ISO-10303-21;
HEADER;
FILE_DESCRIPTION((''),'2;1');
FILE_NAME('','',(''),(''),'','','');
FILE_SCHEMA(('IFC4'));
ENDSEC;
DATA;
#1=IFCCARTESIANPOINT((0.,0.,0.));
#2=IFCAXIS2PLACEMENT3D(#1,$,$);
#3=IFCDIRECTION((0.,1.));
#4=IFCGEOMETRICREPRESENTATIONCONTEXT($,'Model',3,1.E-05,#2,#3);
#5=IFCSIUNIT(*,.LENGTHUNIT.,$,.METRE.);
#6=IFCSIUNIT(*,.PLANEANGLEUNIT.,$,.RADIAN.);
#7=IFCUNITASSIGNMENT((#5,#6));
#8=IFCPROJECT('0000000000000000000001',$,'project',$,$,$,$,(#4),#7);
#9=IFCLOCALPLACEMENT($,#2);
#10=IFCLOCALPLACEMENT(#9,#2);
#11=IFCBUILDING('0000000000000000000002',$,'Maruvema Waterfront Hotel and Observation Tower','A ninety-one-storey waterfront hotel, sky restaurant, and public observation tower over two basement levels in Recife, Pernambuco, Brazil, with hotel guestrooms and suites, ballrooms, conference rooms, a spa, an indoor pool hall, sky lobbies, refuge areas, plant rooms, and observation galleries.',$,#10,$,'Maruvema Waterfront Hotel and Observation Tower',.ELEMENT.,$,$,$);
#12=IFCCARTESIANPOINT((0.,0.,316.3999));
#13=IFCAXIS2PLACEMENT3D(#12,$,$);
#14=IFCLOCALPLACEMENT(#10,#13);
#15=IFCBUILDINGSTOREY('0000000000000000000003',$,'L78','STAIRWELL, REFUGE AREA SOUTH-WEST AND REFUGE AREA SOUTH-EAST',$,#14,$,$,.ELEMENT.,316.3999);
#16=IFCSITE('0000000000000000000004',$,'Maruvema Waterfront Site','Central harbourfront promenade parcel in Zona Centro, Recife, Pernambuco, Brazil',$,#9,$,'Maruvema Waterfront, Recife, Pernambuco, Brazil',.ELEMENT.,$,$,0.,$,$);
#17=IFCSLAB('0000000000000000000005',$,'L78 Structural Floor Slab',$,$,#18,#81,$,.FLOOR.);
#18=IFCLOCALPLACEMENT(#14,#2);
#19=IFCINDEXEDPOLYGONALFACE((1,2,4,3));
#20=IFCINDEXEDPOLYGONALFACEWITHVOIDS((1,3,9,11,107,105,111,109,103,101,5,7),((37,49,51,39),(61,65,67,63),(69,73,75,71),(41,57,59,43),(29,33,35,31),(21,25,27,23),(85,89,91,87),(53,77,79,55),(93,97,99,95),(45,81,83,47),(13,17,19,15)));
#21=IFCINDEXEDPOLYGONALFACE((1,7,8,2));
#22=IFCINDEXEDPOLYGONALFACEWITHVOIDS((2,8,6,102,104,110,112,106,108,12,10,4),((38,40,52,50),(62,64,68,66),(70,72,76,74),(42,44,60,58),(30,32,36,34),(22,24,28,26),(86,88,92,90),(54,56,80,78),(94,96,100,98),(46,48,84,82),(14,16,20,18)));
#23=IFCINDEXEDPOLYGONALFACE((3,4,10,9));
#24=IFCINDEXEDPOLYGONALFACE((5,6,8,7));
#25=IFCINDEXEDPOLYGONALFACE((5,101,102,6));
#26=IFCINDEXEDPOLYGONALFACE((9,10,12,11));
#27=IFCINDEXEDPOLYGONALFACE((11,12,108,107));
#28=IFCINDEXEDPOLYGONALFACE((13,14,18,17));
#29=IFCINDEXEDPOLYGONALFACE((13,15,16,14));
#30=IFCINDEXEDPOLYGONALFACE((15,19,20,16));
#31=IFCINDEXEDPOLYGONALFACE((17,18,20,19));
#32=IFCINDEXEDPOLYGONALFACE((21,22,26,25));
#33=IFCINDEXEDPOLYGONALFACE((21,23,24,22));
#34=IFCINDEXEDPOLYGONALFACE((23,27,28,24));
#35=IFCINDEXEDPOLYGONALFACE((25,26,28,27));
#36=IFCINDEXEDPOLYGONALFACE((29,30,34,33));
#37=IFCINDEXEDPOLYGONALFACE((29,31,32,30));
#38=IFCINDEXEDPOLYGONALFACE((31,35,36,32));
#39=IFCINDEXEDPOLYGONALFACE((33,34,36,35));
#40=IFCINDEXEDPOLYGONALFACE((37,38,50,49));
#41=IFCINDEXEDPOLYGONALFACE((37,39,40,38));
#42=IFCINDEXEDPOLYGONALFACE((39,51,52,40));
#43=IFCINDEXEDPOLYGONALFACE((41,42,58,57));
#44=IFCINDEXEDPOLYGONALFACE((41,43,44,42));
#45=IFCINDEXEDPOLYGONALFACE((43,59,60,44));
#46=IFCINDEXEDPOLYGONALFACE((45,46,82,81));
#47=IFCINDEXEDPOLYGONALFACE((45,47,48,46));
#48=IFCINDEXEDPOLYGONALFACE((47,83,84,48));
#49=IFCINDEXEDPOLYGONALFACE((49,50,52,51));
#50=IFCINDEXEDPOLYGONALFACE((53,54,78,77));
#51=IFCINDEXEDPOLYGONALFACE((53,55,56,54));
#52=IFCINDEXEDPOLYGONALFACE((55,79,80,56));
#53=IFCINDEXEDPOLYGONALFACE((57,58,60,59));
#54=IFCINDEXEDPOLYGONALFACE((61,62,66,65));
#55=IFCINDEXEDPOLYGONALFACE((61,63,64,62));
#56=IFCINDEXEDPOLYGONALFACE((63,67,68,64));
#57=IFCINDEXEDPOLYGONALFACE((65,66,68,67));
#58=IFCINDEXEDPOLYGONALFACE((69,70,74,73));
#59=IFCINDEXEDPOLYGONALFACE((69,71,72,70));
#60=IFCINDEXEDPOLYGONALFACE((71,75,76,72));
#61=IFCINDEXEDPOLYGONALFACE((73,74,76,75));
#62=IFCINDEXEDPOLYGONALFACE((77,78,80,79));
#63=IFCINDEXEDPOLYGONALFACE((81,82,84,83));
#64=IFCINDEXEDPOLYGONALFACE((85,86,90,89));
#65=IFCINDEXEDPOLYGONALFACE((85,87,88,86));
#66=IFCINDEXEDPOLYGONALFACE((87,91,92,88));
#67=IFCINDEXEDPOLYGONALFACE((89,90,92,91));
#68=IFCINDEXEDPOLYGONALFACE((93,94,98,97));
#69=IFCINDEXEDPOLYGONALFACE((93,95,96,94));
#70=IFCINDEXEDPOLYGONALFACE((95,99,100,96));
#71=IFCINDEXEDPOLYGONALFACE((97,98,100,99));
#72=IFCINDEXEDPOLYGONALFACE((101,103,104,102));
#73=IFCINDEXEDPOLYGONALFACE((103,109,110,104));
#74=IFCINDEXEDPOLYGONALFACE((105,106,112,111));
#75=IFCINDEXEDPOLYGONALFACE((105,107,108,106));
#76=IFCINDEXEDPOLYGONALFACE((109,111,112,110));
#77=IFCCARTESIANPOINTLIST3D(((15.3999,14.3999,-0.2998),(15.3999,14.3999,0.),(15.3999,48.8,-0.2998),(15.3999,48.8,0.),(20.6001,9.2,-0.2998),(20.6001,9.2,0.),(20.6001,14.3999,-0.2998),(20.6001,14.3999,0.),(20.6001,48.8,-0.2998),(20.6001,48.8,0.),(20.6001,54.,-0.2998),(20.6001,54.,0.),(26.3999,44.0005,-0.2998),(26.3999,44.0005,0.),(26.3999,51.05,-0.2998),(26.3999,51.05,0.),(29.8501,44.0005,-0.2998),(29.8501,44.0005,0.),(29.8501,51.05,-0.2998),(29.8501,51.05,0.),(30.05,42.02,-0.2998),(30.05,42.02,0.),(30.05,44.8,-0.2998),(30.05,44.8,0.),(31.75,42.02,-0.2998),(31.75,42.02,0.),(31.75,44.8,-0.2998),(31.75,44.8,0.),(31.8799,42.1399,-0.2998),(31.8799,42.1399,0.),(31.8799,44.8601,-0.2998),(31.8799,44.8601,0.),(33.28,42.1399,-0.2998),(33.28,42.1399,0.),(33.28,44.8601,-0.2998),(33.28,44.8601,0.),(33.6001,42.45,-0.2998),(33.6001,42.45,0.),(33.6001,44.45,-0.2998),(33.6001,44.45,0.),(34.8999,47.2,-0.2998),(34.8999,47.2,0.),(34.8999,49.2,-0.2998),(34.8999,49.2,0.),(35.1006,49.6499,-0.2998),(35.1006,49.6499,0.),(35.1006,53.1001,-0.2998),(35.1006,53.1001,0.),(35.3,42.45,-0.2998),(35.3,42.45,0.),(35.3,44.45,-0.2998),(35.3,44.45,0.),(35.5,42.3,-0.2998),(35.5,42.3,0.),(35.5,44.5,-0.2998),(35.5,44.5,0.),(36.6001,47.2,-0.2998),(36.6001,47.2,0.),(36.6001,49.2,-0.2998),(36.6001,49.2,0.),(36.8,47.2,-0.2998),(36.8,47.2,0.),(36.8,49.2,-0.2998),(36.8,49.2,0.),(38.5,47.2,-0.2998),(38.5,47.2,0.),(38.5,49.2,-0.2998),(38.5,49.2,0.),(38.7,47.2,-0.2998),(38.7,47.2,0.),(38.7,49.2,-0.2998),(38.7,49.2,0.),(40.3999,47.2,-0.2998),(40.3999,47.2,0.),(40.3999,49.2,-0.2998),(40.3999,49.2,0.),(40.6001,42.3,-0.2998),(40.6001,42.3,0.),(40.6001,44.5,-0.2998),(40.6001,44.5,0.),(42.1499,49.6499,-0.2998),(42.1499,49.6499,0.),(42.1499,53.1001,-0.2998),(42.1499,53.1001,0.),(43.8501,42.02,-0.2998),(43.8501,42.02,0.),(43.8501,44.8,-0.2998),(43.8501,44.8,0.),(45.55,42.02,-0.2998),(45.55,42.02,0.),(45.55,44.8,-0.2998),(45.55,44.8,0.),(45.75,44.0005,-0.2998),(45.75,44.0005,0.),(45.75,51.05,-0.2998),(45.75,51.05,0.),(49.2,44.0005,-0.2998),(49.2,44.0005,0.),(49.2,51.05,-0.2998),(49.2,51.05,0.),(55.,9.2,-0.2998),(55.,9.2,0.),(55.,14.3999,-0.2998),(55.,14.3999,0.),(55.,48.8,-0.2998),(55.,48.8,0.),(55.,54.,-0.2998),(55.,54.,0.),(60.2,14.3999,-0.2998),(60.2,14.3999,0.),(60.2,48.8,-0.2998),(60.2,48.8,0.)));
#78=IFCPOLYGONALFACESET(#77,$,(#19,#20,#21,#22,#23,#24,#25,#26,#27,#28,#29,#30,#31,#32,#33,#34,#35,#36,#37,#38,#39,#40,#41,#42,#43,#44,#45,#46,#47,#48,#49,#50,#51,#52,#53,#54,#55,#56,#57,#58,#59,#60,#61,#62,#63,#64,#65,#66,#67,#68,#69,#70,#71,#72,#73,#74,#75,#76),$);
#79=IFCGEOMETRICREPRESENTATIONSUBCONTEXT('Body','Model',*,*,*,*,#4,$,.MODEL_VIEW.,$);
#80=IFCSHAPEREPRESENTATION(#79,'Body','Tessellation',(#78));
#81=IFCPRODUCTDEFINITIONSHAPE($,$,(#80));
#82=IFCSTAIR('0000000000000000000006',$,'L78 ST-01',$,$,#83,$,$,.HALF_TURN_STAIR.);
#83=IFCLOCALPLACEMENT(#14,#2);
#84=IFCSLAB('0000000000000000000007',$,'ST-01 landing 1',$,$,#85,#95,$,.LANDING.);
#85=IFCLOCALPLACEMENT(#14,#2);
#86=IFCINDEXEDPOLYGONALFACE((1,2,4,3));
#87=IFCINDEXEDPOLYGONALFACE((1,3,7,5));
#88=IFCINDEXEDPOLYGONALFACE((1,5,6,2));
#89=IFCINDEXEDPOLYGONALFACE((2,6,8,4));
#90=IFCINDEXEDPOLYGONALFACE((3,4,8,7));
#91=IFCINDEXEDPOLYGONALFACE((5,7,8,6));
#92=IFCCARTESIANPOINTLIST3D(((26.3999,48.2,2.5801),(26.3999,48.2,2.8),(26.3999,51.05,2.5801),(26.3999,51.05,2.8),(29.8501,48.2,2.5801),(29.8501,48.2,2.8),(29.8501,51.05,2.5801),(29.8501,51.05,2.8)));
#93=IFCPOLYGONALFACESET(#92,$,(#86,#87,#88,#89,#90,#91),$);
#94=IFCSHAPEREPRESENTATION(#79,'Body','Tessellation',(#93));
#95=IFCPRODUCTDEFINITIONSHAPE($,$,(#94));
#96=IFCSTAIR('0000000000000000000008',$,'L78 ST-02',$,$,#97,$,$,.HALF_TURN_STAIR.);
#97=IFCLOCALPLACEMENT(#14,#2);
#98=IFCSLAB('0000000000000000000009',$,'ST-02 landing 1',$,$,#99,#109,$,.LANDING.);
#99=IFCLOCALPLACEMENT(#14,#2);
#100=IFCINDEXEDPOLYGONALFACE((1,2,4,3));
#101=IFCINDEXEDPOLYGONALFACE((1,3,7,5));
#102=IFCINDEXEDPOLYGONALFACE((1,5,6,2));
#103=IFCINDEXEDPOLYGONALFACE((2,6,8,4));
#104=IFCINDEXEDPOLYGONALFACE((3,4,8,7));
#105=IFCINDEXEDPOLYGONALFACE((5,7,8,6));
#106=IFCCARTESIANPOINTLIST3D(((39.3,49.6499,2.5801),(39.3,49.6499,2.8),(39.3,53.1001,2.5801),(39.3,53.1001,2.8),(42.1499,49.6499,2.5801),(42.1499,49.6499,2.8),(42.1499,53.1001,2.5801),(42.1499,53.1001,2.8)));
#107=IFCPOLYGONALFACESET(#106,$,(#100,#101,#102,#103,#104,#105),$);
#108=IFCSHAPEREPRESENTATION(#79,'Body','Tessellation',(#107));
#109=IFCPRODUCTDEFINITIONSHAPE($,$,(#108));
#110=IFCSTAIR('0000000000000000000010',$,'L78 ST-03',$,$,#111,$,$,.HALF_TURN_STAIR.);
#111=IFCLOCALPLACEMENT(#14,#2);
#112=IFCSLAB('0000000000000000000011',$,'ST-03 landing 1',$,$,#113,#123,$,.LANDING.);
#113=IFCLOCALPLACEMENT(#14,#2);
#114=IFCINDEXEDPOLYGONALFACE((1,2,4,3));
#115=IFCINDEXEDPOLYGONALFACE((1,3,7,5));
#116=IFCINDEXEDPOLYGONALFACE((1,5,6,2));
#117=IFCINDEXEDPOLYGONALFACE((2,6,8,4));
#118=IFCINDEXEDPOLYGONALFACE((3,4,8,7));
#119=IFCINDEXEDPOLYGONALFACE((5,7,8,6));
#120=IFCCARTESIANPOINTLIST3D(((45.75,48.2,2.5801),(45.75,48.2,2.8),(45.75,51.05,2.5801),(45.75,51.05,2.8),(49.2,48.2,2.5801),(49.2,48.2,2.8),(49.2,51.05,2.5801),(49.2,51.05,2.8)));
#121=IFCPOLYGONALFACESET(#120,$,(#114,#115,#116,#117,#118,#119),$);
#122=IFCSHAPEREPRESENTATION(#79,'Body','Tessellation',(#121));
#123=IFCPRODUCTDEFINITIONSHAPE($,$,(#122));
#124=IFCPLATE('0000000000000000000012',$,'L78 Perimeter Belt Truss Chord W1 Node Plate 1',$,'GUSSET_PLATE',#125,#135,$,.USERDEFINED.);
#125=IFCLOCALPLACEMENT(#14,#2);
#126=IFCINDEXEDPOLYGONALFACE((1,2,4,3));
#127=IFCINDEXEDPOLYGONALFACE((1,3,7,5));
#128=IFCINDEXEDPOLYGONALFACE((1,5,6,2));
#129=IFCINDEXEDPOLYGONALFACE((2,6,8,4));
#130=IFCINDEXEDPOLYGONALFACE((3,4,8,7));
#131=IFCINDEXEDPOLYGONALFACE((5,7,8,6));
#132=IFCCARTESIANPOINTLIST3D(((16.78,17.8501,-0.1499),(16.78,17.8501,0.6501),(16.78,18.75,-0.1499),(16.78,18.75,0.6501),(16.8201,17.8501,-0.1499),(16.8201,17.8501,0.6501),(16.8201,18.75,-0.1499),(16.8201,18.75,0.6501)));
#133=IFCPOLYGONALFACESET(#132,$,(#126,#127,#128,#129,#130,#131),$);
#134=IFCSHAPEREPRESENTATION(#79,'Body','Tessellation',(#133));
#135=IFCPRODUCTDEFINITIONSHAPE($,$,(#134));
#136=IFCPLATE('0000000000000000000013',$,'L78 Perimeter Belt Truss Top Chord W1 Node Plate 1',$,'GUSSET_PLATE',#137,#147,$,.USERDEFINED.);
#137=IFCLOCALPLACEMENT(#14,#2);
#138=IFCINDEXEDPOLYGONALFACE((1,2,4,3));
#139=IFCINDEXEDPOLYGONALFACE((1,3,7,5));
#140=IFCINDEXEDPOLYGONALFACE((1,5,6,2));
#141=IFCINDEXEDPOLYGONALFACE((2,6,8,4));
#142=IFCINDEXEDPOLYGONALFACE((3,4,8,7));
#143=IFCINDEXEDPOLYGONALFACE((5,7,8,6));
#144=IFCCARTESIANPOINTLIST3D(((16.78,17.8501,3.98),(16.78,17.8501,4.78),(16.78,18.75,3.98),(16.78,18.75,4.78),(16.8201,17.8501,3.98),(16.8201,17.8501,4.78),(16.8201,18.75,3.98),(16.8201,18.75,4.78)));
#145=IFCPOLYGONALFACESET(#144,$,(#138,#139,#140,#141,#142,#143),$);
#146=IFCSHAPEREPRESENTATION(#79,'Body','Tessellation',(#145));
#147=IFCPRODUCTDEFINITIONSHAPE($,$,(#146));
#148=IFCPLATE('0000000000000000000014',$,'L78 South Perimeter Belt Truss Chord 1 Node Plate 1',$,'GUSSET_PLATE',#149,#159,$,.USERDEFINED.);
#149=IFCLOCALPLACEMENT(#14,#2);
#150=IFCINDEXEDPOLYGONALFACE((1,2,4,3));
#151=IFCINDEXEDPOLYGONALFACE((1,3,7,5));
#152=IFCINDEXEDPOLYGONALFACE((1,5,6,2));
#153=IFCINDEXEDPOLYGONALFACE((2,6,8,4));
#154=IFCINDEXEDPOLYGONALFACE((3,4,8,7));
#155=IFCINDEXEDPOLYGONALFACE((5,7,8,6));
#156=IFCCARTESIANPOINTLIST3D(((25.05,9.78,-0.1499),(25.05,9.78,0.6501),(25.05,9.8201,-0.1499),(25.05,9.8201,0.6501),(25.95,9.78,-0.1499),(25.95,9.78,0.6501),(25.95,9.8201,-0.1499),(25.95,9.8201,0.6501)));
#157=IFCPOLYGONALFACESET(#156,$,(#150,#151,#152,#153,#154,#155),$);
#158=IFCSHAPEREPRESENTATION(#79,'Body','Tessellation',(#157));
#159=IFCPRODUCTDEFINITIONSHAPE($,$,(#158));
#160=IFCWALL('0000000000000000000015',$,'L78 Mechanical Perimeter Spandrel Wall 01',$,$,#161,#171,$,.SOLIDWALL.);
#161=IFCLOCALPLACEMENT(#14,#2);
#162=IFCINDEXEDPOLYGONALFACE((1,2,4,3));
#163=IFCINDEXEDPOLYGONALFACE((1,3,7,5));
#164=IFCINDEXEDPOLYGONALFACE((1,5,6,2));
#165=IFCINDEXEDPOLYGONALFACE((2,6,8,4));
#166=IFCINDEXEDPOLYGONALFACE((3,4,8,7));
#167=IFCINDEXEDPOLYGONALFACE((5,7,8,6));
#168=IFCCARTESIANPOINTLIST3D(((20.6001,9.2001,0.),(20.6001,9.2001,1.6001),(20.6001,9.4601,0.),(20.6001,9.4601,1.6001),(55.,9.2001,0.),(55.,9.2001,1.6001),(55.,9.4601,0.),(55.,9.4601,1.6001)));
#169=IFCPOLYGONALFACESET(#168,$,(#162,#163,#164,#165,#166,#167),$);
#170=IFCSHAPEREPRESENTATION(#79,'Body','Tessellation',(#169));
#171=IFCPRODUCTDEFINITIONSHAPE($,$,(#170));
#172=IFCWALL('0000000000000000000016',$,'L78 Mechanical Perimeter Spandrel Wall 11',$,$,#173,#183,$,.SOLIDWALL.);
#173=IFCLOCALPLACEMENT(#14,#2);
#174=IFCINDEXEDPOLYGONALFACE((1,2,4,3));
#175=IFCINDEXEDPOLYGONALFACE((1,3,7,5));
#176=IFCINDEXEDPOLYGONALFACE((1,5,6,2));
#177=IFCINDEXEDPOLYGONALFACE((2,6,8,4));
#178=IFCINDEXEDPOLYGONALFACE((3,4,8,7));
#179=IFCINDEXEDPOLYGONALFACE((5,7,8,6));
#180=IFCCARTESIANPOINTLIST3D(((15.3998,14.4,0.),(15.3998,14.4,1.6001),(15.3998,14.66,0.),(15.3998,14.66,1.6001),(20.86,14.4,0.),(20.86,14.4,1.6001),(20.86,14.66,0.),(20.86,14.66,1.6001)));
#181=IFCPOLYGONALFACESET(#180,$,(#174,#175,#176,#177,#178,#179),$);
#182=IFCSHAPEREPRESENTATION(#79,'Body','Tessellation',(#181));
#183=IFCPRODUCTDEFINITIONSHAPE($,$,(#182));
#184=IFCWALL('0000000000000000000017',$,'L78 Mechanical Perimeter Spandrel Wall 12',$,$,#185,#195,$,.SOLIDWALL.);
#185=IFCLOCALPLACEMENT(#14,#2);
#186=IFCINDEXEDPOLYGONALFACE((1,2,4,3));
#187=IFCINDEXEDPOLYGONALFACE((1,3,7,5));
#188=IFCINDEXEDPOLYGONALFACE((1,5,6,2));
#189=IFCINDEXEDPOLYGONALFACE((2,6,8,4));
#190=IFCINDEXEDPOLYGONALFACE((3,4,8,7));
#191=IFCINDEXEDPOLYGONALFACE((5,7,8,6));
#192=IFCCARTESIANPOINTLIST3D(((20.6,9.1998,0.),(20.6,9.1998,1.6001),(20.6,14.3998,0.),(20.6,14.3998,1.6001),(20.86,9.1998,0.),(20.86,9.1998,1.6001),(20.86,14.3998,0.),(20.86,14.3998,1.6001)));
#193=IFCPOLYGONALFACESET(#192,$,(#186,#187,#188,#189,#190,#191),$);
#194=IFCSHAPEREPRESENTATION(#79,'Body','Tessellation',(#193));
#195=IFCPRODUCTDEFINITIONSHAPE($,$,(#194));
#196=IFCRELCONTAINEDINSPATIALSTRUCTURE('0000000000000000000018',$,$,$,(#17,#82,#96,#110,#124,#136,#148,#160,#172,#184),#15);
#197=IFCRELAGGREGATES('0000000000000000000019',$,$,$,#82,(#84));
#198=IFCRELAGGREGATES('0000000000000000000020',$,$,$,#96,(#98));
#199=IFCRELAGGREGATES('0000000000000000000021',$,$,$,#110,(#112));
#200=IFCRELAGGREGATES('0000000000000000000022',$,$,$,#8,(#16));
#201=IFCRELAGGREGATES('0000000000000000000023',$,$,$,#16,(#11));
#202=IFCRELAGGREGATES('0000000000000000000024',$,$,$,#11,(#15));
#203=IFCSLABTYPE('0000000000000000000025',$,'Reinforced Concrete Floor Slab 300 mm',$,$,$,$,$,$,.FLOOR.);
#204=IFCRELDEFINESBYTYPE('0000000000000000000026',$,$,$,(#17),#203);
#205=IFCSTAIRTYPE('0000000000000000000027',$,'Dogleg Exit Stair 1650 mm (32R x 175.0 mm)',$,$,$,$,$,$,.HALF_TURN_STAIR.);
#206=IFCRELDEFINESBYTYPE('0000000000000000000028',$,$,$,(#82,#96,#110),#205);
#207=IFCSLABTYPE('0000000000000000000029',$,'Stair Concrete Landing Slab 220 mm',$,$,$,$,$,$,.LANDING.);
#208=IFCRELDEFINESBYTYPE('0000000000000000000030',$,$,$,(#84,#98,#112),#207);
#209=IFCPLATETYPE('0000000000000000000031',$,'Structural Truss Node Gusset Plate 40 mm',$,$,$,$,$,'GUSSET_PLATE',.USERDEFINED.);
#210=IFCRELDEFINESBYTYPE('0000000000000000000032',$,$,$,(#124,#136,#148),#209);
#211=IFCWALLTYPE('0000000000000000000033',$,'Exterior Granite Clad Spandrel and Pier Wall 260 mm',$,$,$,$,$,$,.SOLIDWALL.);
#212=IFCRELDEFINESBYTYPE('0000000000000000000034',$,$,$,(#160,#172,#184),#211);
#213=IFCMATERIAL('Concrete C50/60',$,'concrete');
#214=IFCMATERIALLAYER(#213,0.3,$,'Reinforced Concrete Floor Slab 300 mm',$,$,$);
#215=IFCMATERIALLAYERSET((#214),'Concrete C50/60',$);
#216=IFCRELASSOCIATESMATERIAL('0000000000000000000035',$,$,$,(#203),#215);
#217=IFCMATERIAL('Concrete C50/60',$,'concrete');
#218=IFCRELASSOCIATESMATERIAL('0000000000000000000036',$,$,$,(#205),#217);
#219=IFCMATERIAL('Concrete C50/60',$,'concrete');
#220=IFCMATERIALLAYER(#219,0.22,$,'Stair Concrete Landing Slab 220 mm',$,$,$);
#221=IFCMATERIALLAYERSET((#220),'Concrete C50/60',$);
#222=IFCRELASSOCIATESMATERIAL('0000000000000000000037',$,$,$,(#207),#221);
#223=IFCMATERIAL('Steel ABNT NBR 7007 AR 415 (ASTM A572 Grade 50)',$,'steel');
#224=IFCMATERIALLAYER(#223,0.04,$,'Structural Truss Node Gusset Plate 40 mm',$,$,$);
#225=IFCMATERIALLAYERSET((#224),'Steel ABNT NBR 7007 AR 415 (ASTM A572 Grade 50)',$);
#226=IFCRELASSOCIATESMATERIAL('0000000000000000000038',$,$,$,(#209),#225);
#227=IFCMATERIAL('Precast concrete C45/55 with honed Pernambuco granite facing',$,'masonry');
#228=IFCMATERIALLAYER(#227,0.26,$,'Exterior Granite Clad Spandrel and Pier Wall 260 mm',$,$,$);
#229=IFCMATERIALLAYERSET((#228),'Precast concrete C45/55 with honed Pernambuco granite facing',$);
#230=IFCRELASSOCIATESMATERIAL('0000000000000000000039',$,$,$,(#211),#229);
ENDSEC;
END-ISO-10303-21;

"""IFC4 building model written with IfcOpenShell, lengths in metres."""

from ifc_helpers import new_model, si_unit, direction, frame, frame_2d, origin, origin_2d, place, context, subcontext, project, spatial, polyline, rectangle, outline, extrude, material, layer, layer_set, type_object, element, aggregate, save


model = new_model("IFC4")

# Units and contexts
model_context = context("Model", 3, precision=1e-05, world=origin(), true_north=direction((0.0, 1.0)))
body_context = subcontext(model_context, "Body", "Model", "MODEL_VIEW")
ifc_project = project(units=[si_unit("LENGTHUNIT", "METRE"), si_unit("PLANEANGLEUNIT", "RADIAN")], contexts=[model_context])

# Site, building, storey
site_placement = place(None, origin())
site = spatial("IfcSite", under=ifc_project, at=site_placement, Name="Maruvema Waterfront Site", Description="Central harbourfront promenade parcel in Zona Centro, Recife, Pernambuco, Brazil", LongName="Maruvema Waterfront, Recife, Pernambuco, Brazil", CompositionType="ELEMENT", RefElevation=0.0)
building_placement = place(site_placement, origin())
building = spatial("IfcBuilding", under=site, at=building_placement, Name="Maruvema Waterfront Hotel and Observation Tower", Description="A ninety-one-storey waterfront hotel, sky restaurant, and public observation tower over two basement levels in Recife, Pernambuco, Brazil, with hotel guestrooms and suites, ballrooms, conference rooms, a spa, an indoor pool hall, sky lobbies, refuge areas, plant rooms, and observation galleries.", LongName="Maruvema Waterfront Hotel and Observation Tower", CompositionType="ELEMENT")
storey_placement = place(building_placement, frame((0.0, 0.0, 316.3999)))
storey = spatial("IfcBuildingStorey", under=building, at=storey_placement, Name="L78", Description="STAIRWELL, REFUGE AREA SOUTH-WEST AND REFUGE AREA SOUTH-EAST", CompositionType="ELEMENT", Elevation=316.3999)

# Slab
ifc_material_1 = material(Name="Concrete C50/60", Category="concrete")
ifc_layer_1 = layer(ifc_material_1, 0.3, Name="Reinforced Concrete Floor Slab 300 mm")
ifc_layer_set_1 = layer_set([ifc_layer_1], Name="Concrete C50/60")
slab_type_1 = type_object("IfcSlabType", Name="Reinforced Concrete Floor Slab 300 mm", PredefinedType="FLOOR", material=ifc_layer_set_1)
slab_1_placement = place(storey_placement, frame((0.0, 0.0, -0.2998)))
element("IfcSlab", 1, at=slab_1_placement, inside=storey, type_object=slab_type_1, Name="L78 Structural Floor Slab", PredefinedType="FLOOR", context=body_context, shape_type="SweptSolid", body=[
    extrude(outline(polyline([(20.6001, 9.2), (55.0, 9.2), (55.0, 14.3999), (60.2, 14.3999), (60.2, 48.8), (55.0, 48.8), (55.0, 54.0), (20.6001, 54.0), (20.6001, 48.8), (15.3999, 48.8), (15.3999, 14.3999), (20.6001, 14.3999), (20.6001, 9.2)]), holes=[polyline([(26.3999, 44.0005), (26.3999, 51.05), (29.8501, 51.05), (29.8501, 44.0005), (26.3999, 44.0005)]), polyline([(30.05, 44.8), (31.75, 44.8), (31.75, 42.02), (30.05, 42.02), (30.05, 44.8)]), polyline([(31.8799, 42.1399), (31.8799, 44.8601), (33.28, 44.8601), (33.28, 42.1399), (31.8799, 42.1399)]), polyline([(33.6001, 44.45), (35.3, 44.45), (35.3, 42.45), (33.6001, 42.45), (33.6001, 44.45)]), polyline([(34.8999, 49.2), (36.6001, 49.2), (36.6001, 47.2), (34.8999, 47.2), (34.8999, 49.2)]), polyline([(36.8, 47.2), (36.8, 49.2), (38.5, 49.2), (38.5, 47.2), (36.8, 47.2)]), polyline([(35.5, 42.3), (35.5, 44.5), (40.6001, 44.5), (40.6001, 42.3), (35.5, 42.3)]), polyline([(35.1006, 53.1001), (42.1499, 53.1001), (42.1499, 49.6499), (35.1006, 49.6499), (35.1006, 53.1001)]), polyline([(38.7, 49.2), (40.3999, 49.2), (40.3999, 47.2), (38.7, 47.2), (38.7, 49.2)]), polyline([(43.8501, 44.8), (45.55, 44.8), (45.55, 42.02), (43.8501, 42.02), (43.8501, 44.8)]), polyline([(45.75, 44.0005), (45.75, 51.05), (49.2, 51.05), (49.2, 44.0005), (45.75, 44.0005)])]), origin(), (0.0, 0.0, 1.0), 0.2998),
])

# Stairs, slabs
ifc_material_2 = material(Name="Concrete C50/60", Category="concrete")
stair_type = type_object("IfcStairType", Name="Dogleg Exit Stair 1650 mm (32R x 175.0 mm)", PredefinedType="HALF_TURN_STAIR", material=ifc_material_2)
stair_1_placement = place(storey_placement, origin())
stair_1 = element("IfcStair", 2, at=stair_1_placement, inside=storey, type_object=stair_type, Name="L78 ST-01", PredefinedType="HALF_TURN_STAIR")
ifc_material_3 = material(Name="Concrete C50/60", Category="concrete")
ifc_layer_2 = layer(ifc_material_3, 0.22, Name="Stair Concrete Landing Slab 220 mm")
ifc_layer_set_2 = layer_set([ifc_layer_2], Name="Concrete C50/60")
slab_type_2 = type_object("IfcSlabType", Name="Stair Concrete Landing Slab 220 mm", PredefinedType="LANDING", material=ifc_layer_set_2)
slab_2_placement = place(storey_placement, frame((0.0, 0.0, 2.5801)))
slab_2 = element("IfcSlab", 3, at=slab_2_placement, type_object=slab_type_2, Name="ST-01 landing 1", PredefinedType="LANDING", context=body_context, shape_type="SweptSolid", body=[
    extrude(outline(polyline([(29.8501, 48.2), (29.8501, 51.05), (26.3999, 51.05), (26.3999, 48.2), (29.8501, 48.2)])), origin(), (0.0, 0.0, 1.0), 0.22),
])
aggregate(stair_1, [slab_2])
stair_2_placement = place(storey_placement, origin())
stair_2 = element("IfcStair", 4, at=stair_2_placement, inside=storey, type_object=stair_type, Name="L78 ST-02", PredefinedType="HALF_TURN_STAIR")
slab_3_placement = place(storey_placement, frame((0.0, 0.0, 2.5801)))
slab_3 = element("IfcSlab", 5, at=slab_3_placement, type_object=slab_type_2, Name="ST-02 landing 1", PredefinedType="LANDING", context=body_context, shape_type="SweptSolid", body=[
    extrude(outline(polyline([(39.3, 49.6499), (42.1499, 49.6499), (42.1499, 53.1001), (39.3, 53.1001), (39.3, 49.6499)])), origin(), (0.0, 0.0, 1.0), 0.22),
])
aggregate(stair_2, [slab_3])
stair_3_placement = place(storey_placement, origin())
stair_3 = element("IfcStair", 6, at=stair_3_placement, inside=storey, type_object=stair_type, Name="L78 ST-03", PredefinedType="HALF_TURN_STAIR")
slab_4_placement = place(storey_placement, frame((0.0, 0.0, 2.5801)))
slab_4 = element("IfcSlab", 7, at=slab_4_placement, type_object=slab_type_2, Name="ST-03 landing 1", PredefinedType="LANDING", context=body_context, shape_type="SweptSolid", body=[
    extrude(outline(polyline([(49.2, 48.2), (49.2, 51.05), (45.75, 51.05), (45.75, 48.2), (49.2, 48.2)])), origin(), (0.0, 0.0, 1.0), 0.22),
])
aggregate(stair_3, [slab_4])

# Plates
ifc_material_4 = material(Name="Steel ABNT NBR 7007 AR 415 (ASTM A572 Grade 50)", Category="steel")
ifc_layer_3 = layer(ifc_material_4, 0.04, Name="Structural Truss Node Gusset Plate 40 mm")
ifc_layer_set_3 = layer_set([ifc_layer_3], Name="Steel ABNT NBR 7007 AR 415 (ASTM A572 Grade 50)")
plate_type = type_object("IfcPlateType", Name="Structural Truss Node Gusset Plate 40 mm", ElementType="GUSSET_PLATE", PredefinedType="USERDEFINED", material=ifc_layer_set_3)
for number, where, z_axis, x_axis, name in (
    (8, (16.8, 18.3, -0.1499), (0.0, 0.0, 1.0), (0.0, 1.0, 0.0), "L78 Perimeter Belt Truss Chord W1 Node Plate 1"),
    (9, (16.8, 18.3, 3.98), (0.0, 0.0, 1.0), (0.0, 1.0, 0.0), "L78 Perimeter Belt Truss Top Chord W1 Node Plate 1"),
    (10, (25.5, 9.8, -0.1499), (0.0, 0.0, 1.0), (1.0, 0.0, 0.0), "L78 South Perimeter Belt Truss Chord 1 Node Plate 1"),
):
    element("IfcPlate", number, at=place(storey_placement, frame(where, z_axis=z_axis, x_axis=x_axis)), inside=storey, type_object=plate_type, Name=name, ObjectType="GUSSET_PLATE", PredefinedType="USERDEFINED", context=body_context, shape_type="SweptSolid", body=[
        extrude(rectangle(XDim=0.8999, YDim=0.04, at=origin_2d()), origin(), (0.0, 0.0, 1.0), 0.8),
    ])

# Walls
ifc_material_5 = material(Name="Precast concrete C45/55 with honed Pernambuco granite facing", Category="masonry")
ifc_layer_4 = layer(ifc_material_5, 0.26, Name="Exterior Granite Clad Spandrel and Pier Wall 260 mm")
ifc_layer_set_4 = layer_set([ifc_layer_4], Name="Precast concrete C45/55 with honed Pernambuco granite facing")
wall_type = type_object("IfcWallType", Name="Exterior Granite Clad Spandrel and Pier Wall 260 mm", PredefinedType="SOLIDWALL", material=ifc_layer_set_4)
wall_1_placement = place(storey_placement, frame((20.6001, 9.3301, 0.0), z_axis=(0.0, 0.0, 1.0), x_axis=(1.0, 0.0, 0.0)))
element("IfcWall", 11, at=wall_1_placement, inside=storey, type_object=wall_type, Name="L78 Mechanical Perimeter Spandrel Wall 01", PredefinedType="SOLIDWALL", context=body_context, shape_type="SweptSolid", body=[
    extrude(rectangle(XDim=34.3999, YDim=0.26, at=frame_2d((17.2, 0.0))), origin(), (0.0, 0.0, 1.0), 1.6001),
])
wall_2_placement = place(storey_placement, frame((15.3999, 14.53, 0.0), z_axis=(0.0, 0.0, 1.0), x_axis=(1.0, 0.0, 0.0)))
element("IfcWall", 12, at=wall_2_placement, inside=storey, type_object=wall_type, Name="L78 Mechanical Perimeter Spandrel Wall 11", PredefinedType="SOLIDWALL", context=body_context, shape_type="SweptSolid", body=[
    extrude(rectangle(XDim=5.4602, YDim=0.26, at=frame_2d((2.73, 0.0))), origin(), (0.0, 0.0, 1.0), 1.6001),
])
wall_3_placement = place(storey_placement, frame((20.73, 14.3999, 0.0), z_axis=(0.0, 0.0, 1.0), x_axis=(0.0, -1.0, 0.0)))
element("IfcWall", 13, at=wall_3_placement, inside=storey, type_object=wall_type, Name="L78 Mechanical Perimeter Spandrel Wall 12", PredefinedType="SOLIDWALL", context=body_context, shape_type="SweptSolid", body=[
    extrude(rectangle(XDim=5.2, YDim=0.26, at=frame_2d((2.6001, 0.0))), origin(), (0.0, 0.0, 1.0), 1.6001),
])

save(model, "model.ifc")
